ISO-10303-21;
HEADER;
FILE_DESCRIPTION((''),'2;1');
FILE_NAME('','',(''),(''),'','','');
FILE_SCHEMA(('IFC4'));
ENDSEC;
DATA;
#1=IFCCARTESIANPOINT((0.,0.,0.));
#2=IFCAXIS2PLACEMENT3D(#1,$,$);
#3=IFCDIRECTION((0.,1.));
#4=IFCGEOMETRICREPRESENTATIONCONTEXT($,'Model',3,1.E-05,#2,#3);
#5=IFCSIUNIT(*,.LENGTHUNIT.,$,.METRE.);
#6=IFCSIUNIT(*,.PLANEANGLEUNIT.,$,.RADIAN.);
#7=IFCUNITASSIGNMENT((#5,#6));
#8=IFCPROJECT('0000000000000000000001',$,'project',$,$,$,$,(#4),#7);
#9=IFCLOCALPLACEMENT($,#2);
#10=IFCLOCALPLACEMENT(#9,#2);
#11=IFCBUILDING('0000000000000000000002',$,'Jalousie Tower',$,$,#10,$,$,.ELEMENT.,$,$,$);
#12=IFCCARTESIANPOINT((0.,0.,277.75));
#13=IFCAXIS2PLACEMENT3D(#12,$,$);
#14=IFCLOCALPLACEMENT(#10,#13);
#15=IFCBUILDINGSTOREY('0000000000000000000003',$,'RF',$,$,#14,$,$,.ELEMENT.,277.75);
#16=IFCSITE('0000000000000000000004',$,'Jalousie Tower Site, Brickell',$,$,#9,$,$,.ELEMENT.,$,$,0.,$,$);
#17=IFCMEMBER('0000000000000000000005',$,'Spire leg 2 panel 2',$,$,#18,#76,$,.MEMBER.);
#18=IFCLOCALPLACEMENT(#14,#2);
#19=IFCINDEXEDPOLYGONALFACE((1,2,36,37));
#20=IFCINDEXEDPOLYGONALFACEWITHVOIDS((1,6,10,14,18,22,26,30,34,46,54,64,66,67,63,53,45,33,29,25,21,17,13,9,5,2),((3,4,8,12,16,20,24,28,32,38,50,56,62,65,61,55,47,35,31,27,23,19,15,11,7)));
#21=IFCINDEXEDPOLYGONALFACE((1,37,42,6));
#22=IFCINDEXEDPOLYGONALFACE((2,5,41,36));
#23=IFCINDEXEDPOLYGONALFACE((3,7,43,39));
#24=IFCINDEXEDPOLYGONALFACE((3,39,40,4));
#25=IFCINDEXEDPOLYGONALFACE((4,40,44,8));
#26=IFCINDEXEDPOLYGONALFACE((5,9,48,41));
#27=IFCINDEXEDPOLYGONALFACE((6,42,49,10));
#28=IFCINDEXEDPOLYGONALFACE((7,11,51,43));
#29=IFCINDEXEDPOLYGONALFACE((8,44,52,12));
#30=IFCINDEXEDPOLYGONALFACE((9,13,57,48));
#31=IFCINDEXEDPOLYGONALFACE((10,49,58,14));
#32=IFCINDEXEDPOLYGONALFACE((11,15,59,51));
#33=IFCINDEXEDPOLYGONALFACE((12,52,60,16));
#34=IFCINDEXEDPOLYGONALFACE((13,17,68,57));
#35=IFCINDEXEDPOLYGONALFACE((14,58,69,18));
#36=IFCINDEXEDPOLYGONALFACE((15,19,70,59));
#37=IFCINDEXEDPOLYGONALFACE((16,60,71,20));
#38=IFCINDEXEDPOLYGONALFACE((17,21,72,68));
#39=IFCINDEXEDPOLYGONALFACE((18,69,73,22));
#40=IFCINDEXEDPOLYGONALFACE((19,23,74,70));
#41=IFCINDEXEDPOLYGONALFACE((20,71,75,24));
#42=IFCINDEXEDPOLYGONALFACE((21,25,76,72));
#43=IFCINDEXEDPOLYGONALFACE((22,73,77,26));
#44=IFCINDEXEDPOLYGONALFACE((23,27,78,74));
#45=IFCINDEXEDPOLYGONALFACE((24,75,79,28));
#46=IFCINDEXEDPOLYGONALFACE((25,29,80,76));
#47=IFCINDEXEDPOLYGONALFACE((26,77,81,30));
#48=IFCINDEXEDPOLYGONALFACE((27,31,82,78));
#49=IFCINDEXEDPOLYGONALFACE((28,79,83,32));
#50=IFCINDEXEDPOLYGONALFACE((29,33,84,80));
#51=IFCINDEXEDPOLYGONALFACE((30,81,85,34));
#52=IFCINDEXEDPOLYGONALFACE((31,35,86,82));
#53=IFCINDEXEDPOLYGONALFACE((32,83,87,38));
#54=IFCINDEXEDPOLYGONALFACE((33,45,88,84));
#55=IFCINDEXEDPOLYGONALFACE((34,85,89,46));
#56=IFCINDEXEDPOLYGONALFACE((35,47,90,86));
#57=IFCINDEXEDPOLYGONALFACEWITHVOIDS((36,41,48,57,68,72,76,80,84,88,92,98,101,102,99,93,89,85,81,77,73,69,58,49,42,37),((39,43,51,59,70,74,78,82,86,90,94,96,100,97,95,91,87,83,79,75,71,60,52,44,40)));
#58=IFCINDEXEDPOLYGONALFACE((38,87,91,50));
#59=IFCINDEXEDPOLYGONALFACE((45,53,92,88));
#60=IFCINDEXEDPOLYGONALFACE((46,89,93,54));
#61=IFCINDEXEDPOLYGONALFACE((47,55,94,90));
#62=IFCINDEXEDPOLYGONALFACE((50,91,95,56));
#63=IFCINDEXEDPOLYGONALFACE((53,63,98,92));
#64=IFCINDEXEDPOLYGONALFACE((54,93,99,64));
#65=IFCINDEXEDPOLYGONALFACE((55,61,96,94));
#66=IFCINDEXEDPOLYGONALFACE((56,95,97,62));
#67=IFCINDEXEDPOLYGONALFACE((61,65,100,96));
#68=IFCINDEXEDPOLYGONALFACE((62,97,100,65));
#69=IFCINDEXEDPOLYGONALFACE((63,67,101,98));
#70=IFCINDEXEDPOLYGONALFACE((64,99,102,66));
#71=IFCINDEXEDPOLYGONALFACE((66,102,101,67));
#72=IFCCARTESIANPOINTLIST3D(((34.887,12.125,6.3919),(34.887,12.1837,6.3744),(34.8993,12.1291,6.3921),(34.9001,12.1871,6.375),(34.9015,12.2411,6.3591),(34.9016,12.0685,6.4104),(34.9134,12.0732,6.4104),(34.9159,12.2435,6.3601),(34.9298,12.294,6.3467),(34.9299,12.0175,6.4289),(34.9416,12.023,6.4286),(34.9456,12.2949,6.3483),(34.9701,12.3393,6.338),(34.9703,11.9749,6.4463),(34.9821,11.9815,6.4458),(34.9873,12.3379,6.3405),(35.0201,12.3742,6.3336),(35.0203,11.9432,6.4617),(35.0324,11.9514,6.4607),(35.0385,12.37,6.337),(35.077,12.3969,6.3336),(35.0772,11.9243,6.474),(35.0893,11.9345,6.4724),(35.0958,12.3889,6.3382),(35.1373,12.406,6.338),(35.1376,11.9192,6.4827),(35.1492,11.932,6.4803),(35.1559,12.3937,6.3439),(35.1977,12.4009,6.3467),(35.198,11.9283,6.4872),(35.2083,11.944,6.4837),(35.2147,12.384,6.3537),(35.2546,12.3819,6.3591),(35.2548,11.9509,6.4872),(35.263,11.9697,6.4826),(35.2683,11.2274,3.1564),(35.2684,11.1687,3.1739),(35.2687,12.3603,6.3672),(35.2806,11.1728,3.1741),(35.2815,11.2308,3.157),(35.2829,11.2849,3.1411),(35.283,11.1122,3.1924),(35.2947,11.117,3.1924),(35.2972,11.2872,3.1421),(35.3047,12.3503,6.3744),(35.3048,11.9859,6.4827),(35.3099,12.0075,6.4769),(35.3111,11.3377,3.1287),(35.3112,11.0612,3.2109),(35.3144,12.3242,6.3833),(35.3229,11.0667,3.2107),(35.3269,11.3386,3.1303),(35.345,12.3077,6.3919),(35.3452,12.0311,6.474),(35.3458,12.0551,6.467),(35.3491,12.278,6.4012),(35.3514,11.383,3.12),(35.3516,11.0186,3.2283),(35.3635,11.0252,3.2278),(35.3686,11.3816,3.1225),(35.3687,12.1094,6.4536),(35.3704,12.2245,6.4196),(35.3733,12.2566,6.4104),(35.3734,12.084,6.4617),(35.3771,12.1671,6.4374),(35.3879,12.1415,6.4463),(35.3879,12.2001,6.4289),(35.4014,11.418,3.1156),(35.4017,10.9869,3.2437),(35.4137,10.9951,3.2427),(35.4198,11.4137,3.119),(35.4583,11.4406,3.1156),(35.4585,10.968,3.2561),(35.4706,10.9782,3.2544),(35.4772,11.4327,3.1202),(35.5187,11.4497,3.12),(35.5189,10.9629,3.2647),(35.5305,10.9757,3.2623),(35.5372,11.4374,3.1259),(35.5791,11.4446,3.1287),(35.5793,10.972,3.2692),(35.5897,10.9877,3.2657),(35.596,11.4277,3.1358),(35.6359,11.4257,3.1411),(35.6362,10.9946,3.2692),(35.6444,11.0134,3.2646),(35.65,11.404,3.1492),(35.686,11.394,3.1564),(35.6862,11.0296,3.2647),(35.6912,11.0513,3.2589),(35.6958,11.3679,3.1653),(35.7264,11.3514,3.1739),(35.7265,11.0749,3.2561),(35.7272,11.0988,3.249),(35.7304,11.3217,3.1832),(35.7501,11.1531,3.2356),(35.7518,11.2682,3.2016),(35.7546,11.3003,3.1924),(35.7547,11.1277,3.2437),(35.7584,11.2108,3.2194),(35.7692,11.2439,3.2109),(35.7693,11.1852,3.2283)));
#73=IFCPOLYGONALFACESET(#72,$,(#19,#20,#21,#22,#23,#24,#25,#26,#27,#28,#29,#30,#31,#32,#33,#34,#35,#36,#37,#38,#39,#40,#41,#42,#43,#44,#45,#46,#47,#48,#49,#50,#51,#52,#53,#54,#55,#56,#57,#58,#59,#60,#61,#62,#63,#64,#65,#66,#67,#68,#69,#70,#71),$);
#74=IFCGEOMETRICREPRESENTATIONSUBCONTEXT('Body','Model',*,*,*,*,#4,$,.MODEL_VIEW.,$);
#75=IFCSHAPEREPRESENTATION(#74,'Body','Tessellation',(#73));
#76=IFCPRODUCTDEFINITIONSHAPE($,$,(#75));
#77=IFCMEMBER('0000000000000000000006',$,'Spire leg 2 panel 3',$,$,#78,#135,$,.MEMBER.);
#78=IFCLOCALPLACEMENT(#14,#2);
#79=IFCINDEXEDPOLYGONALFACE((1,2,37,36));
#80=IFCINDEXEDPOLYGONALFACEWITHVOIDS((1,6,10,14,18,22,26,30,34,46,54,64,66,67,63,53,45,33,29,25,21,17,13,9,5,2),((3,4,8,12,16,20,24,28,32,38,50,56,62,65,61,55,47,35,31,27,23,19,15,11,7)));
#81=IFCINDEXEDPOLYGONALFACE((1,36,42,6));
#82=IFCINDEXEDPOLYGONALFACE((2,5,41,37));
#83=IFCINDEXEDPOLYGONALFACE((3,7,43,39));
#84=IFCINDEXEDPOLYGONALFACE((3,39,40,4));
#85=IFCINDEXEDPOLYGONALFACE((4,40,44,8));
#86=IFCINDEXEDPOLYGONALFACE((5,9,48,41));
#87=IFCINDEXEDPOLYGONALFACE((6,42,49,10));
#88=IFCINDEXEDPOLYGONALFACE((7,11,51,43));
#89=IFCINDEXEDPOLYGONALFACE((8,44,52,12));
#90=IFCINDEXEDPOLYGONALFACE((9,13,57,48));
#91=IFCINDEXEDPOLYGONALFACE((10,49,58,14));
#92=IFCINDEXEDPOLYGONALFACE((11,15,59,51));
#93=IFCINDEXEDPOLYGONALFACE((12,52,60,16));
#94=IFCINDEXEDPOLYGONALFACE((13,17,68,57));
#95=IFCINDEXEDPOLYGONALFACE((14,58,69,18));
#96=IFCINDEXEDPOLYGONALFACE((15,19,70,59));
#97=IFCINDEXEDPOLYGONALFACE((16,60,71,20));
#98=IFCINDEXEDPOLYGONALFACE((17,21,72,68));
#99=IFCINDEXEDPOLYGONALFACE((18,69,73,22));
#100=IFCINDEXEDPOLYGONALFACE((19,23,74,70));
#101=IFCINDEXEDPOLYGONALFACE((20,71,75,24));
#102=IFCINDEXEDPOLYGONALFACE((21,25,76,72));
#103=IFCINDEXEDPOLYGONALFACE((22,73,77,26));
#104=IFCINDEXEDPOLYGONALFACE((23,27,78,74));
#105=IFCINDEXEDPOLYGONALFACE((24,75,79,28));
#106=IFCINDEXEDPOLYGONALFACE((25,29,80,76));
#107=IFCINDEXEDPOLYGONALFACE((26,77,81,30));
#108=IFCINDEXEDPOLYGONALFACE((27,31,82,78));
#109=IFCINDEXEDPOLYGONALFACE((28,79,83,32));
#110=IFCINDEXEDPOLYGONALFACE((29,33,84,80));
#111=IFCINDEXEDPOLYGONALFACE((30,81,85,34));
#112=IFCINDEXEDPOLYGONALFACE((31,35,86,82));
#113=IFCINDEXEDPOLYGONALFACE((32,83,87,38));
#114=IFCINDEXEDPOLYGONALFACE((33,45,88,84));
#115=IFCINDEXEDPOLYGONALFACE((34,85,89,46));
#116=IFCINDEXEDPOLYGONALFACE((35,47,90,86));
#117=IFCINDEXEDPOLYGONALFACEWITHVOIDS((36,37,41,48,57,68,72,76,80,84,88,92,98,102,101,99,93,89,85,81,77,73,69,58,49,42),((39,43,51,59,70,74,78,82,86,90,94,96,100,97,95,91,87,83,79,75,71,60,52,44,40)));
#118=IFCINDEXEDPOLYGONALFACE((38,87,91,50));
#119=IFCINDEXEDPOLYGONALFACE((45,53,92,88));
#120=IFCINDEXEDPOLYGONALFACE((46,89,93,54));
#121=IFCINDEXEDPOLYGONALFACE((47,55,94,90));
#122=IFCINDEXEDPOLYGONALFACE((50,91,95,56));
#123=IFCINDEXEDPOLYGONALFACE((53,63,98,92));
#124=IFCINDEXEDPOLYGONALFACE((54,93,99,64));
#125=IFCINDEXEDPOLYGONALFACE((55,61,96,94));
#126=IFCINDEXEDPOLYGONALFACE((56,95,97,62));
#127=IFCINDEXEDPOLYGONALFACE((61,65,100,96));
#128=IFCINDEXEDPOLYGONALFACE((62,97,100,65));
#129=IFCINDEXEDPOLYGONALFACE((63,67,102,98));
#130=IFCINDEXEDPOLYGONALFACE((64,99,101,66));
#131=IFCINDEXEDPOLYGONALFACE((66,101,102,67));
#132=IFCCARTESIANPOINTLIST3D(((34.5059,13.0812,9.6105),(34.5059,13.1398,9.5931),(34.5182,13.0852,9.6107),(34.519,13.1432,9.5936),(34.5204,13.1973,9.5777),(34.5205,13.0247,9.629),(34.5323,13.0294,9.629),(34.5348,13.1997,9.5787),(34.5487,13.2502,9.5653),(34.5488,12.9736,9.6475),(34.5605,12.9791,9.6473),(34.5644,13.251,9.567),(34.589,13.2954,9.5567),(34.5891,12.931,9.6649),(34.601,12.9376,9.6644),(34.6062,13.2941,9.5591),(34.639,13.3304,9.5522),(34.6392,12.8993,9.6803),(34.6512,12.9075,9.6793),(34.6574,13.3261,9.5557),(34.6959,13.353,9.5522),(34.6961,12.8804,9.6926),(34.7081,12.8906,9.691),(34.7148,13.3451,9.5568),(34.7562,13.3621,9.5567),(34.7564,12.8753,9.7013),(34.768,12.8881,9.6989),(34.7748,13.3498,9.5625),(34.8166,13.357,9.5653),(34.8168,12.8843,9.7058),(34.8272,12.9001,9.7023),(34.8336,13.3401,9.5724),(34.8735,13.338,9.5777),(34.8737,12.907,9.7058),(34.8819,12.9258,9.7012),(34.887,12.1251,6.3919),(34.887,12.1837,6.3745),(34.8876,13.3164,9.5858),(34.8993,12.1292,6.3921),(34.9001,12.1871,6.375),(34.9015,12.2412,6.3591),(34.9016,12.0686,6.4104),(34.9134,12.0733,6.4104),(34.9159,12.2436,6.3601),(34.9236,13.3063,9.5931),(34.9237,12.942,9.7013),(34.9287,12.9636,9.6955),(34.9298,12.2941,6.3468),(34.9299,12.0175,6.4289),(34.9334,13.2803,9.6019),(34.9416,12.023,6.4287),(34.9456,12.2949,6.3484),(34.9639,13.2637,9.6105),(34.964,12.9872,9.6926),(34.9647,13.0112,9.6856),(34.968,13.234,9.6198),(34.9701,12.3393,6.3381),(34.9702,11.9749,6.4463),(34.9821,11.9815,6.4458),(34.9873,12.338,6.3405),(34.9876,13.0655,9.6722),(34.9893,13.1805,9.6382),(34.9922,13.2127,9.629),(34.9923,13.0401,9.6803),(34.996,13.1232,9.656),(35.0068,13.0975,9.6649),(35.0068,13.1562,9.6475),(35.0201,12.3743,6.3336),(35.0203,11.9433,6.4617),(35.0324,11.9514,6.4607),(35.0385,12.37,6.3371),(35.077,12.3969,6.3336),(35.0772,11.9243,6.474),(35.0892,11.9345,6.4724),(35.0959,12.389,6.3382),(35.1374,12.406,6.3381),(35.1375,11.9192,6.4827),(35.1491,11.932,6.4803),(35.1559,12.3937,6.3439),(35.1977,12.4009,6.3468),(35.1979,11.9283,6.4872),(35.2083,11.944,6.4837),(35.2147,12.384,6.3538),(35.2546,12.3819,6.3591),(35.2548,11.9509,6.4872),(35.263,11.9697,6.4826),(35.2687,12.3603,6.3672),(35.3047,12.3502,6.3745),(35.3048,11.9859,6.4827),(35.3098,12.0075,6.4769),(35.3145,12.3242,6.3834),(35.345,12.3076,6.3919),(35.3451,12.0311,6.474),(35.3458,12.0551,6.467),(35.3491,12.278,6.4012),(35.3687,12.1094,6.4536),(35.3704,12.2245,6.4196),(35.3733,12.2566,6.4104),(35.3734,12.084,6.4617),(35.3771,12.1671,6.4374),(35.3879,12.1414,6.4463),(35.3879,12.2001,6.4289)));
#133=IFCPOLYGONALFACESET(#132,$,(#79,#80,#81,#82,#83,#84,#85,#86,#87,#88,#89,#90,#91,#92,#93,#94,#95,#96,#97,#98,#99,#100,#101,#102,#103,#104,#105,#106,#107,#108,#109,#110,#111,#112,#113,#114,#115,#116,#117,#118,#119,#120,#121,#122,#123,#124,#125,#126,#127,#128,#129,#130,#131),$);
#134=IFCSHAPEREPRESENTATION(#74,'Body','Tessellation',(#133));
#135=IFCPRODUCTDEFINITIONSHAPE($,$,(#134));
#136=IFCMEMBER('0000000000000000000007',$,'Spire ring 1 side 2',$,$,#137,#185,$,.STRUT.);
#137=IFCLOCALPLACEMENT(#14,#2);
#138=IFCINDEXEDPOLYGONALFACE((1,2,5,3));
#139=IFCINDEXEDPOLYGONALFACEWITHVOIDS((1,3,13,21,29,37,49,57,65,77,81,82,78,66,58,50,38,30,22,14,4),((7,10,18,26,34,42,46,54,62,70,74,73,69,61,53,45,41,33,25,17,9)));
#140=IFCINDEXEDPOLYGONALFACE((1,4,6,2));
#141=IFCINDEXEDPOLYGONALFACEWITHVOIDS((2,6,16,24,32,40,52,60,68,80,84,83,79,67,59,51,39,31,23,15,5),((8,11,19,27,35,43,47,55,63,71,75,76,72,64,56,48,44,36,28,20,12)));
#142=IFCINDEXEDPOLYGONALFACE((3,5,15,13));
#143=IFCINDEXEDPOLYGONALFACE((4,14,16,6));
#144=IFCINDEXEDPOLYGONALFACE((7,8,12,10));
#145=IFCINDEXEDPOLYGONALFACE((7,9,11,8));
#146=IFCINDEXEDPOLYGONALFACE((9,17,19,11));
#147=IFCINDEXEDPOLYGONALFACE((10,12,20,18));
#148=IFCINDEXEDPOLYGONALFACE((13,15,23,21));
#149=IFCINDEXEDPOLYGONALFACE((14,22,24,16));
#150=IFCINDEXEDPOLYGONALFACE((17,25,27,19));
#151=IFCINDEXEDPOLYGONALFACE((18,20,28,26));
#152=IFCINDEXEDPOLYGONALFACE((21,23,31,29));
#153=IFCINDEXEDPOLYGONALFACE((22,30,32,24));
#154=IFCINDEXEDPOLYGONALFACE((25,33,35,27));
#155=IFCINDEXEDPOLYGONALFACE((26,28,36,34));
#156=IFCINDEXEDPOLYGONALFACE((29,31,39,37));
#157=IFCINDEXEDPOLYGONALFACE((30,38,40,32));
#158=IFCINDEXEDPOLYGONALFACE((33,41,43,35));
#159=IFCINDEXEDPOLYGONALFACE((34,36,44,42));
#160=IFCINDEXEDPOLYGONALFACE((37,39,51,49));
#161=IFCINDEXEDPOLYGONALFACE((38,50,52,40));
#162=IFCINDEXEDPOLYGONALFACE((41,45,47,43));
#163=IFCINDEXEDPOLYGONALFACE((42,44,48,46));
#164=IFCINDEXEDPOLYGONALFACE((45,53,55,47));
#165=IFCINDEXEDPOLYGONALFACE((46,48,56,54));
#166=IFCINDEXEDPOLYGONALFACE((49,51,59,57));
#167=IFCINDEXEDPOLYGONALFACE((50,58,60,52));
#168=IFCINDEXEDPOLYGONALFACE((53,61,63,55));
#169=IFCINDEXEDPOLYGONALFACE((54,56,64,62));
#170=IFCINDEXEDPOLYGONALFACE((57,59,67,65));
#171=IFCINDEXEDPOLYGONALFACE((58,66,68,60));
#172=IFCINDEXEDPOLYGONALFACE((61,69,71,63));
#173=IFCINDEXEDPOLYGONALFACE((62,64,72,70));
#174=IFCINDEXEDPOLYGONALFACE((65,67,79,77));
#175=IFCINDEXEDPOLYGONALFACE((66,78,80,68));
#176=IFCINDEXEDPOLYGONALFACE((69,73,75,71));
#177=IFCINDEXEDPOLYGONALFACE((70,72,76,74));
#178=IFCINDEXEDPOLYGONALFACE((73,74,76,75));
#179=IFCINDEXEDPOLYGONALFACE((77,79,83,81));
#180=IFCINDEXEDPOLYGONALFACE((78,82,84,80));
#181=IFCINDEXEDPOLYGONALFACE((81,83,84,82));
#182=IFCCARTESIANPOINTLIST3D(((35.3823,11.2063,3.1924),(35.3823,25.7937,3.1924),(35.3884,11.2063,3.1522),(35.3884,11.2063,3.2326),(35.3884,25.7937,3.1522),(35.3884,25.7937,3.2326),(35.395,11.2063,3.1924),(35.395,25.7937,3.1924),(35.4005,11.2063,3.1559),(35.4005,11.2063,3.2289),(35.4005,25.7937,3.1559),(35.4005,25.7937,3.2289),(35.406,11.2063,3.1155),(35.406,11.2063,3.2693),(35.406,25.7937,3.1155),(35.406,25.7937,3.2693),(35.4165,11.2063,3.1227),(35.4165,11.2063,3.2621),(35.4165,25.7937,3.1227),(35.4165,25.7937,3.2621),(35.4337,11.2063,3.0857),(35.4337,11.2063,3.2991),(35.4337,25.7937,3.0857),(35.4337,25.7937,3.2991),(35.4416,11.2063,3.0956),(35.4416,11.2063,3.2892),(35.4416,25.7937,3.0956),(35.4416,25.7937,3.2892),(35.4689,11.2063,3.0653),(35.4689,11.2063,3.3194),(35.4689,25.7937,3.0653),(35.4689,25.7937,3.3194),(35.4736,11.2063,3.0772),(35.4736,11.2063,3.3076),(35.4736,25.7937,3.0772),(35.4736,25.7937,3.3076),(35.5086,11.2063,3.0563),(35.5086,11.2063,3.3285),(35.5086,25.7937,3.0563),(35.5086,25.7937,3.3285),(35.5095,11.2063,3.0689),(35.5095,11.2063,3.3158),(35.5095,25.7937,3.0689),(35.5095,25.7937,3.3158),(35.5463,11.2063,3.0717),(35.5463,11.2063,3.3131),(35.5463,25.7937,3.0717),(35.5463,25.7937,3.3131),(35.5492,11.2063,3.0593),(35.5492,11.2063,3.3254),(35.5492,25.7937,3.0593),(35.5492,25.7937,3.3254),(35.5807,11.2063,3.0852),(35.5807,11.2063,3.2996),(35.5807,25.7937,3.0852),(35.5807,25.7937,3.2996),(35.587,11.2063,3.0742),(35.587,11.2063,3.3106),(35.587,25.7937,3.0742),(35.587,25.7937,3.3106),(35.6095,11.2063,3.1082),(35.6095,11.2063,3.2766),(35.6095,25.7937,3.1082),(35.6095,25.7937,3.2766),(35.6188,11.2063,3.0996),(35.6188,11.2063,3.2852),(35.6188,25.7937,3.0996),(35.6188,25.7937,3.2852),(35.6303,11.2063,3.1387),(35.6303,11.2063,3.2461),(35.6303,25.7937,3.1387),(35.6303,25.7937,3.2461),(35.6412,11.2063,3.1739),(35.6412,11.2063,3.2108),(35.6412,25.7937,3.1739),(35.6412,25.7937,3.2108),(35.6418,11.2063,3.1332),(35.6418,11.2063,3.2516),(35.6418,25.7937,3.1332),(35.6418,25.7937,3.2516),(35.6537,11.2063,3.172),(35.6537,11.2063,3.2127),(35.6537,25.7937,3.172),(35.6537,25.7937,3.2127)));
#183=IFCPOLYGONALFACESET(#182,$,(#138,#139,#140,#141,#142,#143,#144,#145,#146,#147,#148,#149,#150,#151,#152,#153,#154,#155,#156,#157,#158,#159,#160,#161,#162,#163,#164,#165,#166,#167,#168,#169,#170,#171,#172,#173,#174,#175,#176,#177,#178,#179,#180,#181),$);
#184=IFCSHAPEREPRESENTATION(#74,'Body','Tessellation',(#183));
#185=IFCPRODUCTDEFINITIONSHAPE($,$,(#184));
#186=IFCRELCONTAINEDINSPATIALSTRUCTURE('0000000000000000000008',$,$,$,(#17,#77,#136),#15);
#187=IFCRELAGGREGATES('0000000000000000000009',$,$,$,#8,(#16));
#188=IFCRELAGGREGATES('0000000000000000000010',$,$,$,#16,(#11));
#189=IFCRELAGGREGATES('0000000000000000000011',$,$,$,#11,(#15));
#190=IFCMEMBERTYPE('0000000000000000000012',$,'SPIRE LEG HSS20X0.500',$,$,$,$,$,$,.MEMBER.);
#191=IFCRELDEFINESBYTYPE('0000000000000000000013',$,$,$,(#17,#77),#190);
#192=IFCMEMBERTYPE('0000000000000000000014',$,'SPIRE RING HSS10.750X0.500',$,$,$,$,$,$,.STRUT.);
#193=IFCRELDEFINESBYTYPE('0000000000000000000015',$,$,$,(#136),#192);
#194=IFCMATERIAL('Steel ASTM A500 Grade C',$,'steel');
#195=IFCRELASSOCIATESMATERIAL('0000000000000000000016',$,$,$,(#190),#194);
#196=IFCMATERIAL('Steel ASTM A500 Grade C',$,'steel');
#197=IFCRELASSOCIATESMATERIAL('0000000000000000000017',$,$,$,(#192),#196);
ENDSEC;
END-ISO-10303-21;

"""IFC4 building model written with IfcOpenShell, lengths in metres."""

from ifc_helpers import new_model, si_unit, direction, frame, origin, origin_2d, place, context, subcontext, project, spatial, hollow_circle, extrude, material, material_profile, profile_set, type_object, element, save


model = new_model("IFC4")

# Units and contexts
model_context = context("Model", 3, precision=1e-05, world=origin(), true_north=direction((0.0, 1.0)))
body_context = subcontext(model_context, "Body", "Model", "MODEL_VIEW")
ifc_project = project(units=[si_unit("LENGTHUNIT", "METRE"), si_unit("PLANEANGLEUNIT", "RADIAN")], contexts=[model_context])

# Site, building, storey
site_placement = place(None, origin())
site = spatial("IfcSite", under=ifc_project, at=site_placement, Name="Jalousie Tower Site, Brickell", CompositionType="ELEMENT", RefElevation=0.0)
building_placement = place(site_placement, origin())
building = spatial("IfcBuilding", under=site, at=building_placement, Name="Jalousie Tower", CompositionType="ELEMENT")
storey_placement = place(building_placement, frame((0.0, 0.0, 277.75)))
storey = spatial("IfcBuildingStorey", under=building, at=storey_placement, Name="RF", CompositionType="ELEMENT", Elevation=277.75)

# Members
ifc_material_1 = material(Name="Steel ASTM A500 Grade C", Category="steel")
ifc_material_profile_1 = material_profile(ifc_material_1, hollow_circle(Radius=0.2539, WallThickness=0.0127, at=origin_2d()), Name="HSS20X0.500")
ifc_profile_set_1 = profile_set([ifc_material_profile_1], Name="Steel ASTM A500 Grade C")
member_type_1 = type_object("IfcMemberType", Name="SPIRE LEG HSS20X0.500", PredefinedType="MEMBER", material=ifc_profile_set_1)
member_1_placement = place(storey_placement, frame((35.5188, 11.2063, 3.1924), z_axis=(-0.112868, 0.283038, 0.952444), x_axis=(-0.928869, -0.370409, 0.0)))
element("IfcMember", 1, at=member_1_placement, inside=storey, type_object=member_type_1, Name="Spire leg 2 panel 2", PredefinedType="MEMBER", context=body_context, shape_type="SweptSolid", body=[
    extrude(hollow_circle(Radius=0.2539, WallThickness=0.0127, at=origin_2d()), origin(), (0.0, 0.0, 1.0), 3.3787),
])
member_2_placement = place(storey_placement, frame((35.1375, 12.1626, 6.4104), z_axis=(-0.112784, 0.282935, 0.952485), x_axis=(-0.928918, -0.370286, 0.0)))
element("IfcMember", 2, at=member_2_placement, inside=storey, type_object=member_type_1, Name="Spire leg 2 panel 3", PredefinedType="MEMBER", context=body_context, shape_type="SweptSolid", body=[
    extrude(hollow_circle(Radius=0.2539, WallThickness=0.0127, at=origin_2d()), origin(), (0.0, 0.0, 1.0), 3.3792),
])
ifc_material_2 = material(Name="Steel ASTM A500 Grade C", Category="steel")
ifc_material_profile_2 = material_profile(ifc_material_2, hollow_circle(Radius=0.1365, WallThickness=0.0127, at=origin_2d()), Name="HSS10.750X0.500")
ifc_profile_set_2 = profile_set([ifc_material_profile_2], Name="Steel ASTM A500 Grade C")
member_type_2 = type_object("IfcMemberType", Name="SPIRE RING HSS10.750X0.500", PredefinedType="STRUT", material=ifc_profile_set_2)
member_3_placement = place(storey_placement, frame((35.5188, 11.2063, 3.1924), z_axis=(0.0, 1.0, 0.0), x_axis=(-1.0, 0.0, 0.0)))
element("IfcMember", 3, at=member_3_placement, inside=storey, type_object=member_type_2, Name="Spire ring 1 side 2", PredefinedType="STRUT", context=body_context, shape_type="SweptSolid", body=[
    extrude(hollow_circle(Radius=0.1365, WallThickness=0.0127, at=origin_2d()), origin(), (0.0, 0.0, 1.0), 14.5874),
])

save(model, "model.ifc")
